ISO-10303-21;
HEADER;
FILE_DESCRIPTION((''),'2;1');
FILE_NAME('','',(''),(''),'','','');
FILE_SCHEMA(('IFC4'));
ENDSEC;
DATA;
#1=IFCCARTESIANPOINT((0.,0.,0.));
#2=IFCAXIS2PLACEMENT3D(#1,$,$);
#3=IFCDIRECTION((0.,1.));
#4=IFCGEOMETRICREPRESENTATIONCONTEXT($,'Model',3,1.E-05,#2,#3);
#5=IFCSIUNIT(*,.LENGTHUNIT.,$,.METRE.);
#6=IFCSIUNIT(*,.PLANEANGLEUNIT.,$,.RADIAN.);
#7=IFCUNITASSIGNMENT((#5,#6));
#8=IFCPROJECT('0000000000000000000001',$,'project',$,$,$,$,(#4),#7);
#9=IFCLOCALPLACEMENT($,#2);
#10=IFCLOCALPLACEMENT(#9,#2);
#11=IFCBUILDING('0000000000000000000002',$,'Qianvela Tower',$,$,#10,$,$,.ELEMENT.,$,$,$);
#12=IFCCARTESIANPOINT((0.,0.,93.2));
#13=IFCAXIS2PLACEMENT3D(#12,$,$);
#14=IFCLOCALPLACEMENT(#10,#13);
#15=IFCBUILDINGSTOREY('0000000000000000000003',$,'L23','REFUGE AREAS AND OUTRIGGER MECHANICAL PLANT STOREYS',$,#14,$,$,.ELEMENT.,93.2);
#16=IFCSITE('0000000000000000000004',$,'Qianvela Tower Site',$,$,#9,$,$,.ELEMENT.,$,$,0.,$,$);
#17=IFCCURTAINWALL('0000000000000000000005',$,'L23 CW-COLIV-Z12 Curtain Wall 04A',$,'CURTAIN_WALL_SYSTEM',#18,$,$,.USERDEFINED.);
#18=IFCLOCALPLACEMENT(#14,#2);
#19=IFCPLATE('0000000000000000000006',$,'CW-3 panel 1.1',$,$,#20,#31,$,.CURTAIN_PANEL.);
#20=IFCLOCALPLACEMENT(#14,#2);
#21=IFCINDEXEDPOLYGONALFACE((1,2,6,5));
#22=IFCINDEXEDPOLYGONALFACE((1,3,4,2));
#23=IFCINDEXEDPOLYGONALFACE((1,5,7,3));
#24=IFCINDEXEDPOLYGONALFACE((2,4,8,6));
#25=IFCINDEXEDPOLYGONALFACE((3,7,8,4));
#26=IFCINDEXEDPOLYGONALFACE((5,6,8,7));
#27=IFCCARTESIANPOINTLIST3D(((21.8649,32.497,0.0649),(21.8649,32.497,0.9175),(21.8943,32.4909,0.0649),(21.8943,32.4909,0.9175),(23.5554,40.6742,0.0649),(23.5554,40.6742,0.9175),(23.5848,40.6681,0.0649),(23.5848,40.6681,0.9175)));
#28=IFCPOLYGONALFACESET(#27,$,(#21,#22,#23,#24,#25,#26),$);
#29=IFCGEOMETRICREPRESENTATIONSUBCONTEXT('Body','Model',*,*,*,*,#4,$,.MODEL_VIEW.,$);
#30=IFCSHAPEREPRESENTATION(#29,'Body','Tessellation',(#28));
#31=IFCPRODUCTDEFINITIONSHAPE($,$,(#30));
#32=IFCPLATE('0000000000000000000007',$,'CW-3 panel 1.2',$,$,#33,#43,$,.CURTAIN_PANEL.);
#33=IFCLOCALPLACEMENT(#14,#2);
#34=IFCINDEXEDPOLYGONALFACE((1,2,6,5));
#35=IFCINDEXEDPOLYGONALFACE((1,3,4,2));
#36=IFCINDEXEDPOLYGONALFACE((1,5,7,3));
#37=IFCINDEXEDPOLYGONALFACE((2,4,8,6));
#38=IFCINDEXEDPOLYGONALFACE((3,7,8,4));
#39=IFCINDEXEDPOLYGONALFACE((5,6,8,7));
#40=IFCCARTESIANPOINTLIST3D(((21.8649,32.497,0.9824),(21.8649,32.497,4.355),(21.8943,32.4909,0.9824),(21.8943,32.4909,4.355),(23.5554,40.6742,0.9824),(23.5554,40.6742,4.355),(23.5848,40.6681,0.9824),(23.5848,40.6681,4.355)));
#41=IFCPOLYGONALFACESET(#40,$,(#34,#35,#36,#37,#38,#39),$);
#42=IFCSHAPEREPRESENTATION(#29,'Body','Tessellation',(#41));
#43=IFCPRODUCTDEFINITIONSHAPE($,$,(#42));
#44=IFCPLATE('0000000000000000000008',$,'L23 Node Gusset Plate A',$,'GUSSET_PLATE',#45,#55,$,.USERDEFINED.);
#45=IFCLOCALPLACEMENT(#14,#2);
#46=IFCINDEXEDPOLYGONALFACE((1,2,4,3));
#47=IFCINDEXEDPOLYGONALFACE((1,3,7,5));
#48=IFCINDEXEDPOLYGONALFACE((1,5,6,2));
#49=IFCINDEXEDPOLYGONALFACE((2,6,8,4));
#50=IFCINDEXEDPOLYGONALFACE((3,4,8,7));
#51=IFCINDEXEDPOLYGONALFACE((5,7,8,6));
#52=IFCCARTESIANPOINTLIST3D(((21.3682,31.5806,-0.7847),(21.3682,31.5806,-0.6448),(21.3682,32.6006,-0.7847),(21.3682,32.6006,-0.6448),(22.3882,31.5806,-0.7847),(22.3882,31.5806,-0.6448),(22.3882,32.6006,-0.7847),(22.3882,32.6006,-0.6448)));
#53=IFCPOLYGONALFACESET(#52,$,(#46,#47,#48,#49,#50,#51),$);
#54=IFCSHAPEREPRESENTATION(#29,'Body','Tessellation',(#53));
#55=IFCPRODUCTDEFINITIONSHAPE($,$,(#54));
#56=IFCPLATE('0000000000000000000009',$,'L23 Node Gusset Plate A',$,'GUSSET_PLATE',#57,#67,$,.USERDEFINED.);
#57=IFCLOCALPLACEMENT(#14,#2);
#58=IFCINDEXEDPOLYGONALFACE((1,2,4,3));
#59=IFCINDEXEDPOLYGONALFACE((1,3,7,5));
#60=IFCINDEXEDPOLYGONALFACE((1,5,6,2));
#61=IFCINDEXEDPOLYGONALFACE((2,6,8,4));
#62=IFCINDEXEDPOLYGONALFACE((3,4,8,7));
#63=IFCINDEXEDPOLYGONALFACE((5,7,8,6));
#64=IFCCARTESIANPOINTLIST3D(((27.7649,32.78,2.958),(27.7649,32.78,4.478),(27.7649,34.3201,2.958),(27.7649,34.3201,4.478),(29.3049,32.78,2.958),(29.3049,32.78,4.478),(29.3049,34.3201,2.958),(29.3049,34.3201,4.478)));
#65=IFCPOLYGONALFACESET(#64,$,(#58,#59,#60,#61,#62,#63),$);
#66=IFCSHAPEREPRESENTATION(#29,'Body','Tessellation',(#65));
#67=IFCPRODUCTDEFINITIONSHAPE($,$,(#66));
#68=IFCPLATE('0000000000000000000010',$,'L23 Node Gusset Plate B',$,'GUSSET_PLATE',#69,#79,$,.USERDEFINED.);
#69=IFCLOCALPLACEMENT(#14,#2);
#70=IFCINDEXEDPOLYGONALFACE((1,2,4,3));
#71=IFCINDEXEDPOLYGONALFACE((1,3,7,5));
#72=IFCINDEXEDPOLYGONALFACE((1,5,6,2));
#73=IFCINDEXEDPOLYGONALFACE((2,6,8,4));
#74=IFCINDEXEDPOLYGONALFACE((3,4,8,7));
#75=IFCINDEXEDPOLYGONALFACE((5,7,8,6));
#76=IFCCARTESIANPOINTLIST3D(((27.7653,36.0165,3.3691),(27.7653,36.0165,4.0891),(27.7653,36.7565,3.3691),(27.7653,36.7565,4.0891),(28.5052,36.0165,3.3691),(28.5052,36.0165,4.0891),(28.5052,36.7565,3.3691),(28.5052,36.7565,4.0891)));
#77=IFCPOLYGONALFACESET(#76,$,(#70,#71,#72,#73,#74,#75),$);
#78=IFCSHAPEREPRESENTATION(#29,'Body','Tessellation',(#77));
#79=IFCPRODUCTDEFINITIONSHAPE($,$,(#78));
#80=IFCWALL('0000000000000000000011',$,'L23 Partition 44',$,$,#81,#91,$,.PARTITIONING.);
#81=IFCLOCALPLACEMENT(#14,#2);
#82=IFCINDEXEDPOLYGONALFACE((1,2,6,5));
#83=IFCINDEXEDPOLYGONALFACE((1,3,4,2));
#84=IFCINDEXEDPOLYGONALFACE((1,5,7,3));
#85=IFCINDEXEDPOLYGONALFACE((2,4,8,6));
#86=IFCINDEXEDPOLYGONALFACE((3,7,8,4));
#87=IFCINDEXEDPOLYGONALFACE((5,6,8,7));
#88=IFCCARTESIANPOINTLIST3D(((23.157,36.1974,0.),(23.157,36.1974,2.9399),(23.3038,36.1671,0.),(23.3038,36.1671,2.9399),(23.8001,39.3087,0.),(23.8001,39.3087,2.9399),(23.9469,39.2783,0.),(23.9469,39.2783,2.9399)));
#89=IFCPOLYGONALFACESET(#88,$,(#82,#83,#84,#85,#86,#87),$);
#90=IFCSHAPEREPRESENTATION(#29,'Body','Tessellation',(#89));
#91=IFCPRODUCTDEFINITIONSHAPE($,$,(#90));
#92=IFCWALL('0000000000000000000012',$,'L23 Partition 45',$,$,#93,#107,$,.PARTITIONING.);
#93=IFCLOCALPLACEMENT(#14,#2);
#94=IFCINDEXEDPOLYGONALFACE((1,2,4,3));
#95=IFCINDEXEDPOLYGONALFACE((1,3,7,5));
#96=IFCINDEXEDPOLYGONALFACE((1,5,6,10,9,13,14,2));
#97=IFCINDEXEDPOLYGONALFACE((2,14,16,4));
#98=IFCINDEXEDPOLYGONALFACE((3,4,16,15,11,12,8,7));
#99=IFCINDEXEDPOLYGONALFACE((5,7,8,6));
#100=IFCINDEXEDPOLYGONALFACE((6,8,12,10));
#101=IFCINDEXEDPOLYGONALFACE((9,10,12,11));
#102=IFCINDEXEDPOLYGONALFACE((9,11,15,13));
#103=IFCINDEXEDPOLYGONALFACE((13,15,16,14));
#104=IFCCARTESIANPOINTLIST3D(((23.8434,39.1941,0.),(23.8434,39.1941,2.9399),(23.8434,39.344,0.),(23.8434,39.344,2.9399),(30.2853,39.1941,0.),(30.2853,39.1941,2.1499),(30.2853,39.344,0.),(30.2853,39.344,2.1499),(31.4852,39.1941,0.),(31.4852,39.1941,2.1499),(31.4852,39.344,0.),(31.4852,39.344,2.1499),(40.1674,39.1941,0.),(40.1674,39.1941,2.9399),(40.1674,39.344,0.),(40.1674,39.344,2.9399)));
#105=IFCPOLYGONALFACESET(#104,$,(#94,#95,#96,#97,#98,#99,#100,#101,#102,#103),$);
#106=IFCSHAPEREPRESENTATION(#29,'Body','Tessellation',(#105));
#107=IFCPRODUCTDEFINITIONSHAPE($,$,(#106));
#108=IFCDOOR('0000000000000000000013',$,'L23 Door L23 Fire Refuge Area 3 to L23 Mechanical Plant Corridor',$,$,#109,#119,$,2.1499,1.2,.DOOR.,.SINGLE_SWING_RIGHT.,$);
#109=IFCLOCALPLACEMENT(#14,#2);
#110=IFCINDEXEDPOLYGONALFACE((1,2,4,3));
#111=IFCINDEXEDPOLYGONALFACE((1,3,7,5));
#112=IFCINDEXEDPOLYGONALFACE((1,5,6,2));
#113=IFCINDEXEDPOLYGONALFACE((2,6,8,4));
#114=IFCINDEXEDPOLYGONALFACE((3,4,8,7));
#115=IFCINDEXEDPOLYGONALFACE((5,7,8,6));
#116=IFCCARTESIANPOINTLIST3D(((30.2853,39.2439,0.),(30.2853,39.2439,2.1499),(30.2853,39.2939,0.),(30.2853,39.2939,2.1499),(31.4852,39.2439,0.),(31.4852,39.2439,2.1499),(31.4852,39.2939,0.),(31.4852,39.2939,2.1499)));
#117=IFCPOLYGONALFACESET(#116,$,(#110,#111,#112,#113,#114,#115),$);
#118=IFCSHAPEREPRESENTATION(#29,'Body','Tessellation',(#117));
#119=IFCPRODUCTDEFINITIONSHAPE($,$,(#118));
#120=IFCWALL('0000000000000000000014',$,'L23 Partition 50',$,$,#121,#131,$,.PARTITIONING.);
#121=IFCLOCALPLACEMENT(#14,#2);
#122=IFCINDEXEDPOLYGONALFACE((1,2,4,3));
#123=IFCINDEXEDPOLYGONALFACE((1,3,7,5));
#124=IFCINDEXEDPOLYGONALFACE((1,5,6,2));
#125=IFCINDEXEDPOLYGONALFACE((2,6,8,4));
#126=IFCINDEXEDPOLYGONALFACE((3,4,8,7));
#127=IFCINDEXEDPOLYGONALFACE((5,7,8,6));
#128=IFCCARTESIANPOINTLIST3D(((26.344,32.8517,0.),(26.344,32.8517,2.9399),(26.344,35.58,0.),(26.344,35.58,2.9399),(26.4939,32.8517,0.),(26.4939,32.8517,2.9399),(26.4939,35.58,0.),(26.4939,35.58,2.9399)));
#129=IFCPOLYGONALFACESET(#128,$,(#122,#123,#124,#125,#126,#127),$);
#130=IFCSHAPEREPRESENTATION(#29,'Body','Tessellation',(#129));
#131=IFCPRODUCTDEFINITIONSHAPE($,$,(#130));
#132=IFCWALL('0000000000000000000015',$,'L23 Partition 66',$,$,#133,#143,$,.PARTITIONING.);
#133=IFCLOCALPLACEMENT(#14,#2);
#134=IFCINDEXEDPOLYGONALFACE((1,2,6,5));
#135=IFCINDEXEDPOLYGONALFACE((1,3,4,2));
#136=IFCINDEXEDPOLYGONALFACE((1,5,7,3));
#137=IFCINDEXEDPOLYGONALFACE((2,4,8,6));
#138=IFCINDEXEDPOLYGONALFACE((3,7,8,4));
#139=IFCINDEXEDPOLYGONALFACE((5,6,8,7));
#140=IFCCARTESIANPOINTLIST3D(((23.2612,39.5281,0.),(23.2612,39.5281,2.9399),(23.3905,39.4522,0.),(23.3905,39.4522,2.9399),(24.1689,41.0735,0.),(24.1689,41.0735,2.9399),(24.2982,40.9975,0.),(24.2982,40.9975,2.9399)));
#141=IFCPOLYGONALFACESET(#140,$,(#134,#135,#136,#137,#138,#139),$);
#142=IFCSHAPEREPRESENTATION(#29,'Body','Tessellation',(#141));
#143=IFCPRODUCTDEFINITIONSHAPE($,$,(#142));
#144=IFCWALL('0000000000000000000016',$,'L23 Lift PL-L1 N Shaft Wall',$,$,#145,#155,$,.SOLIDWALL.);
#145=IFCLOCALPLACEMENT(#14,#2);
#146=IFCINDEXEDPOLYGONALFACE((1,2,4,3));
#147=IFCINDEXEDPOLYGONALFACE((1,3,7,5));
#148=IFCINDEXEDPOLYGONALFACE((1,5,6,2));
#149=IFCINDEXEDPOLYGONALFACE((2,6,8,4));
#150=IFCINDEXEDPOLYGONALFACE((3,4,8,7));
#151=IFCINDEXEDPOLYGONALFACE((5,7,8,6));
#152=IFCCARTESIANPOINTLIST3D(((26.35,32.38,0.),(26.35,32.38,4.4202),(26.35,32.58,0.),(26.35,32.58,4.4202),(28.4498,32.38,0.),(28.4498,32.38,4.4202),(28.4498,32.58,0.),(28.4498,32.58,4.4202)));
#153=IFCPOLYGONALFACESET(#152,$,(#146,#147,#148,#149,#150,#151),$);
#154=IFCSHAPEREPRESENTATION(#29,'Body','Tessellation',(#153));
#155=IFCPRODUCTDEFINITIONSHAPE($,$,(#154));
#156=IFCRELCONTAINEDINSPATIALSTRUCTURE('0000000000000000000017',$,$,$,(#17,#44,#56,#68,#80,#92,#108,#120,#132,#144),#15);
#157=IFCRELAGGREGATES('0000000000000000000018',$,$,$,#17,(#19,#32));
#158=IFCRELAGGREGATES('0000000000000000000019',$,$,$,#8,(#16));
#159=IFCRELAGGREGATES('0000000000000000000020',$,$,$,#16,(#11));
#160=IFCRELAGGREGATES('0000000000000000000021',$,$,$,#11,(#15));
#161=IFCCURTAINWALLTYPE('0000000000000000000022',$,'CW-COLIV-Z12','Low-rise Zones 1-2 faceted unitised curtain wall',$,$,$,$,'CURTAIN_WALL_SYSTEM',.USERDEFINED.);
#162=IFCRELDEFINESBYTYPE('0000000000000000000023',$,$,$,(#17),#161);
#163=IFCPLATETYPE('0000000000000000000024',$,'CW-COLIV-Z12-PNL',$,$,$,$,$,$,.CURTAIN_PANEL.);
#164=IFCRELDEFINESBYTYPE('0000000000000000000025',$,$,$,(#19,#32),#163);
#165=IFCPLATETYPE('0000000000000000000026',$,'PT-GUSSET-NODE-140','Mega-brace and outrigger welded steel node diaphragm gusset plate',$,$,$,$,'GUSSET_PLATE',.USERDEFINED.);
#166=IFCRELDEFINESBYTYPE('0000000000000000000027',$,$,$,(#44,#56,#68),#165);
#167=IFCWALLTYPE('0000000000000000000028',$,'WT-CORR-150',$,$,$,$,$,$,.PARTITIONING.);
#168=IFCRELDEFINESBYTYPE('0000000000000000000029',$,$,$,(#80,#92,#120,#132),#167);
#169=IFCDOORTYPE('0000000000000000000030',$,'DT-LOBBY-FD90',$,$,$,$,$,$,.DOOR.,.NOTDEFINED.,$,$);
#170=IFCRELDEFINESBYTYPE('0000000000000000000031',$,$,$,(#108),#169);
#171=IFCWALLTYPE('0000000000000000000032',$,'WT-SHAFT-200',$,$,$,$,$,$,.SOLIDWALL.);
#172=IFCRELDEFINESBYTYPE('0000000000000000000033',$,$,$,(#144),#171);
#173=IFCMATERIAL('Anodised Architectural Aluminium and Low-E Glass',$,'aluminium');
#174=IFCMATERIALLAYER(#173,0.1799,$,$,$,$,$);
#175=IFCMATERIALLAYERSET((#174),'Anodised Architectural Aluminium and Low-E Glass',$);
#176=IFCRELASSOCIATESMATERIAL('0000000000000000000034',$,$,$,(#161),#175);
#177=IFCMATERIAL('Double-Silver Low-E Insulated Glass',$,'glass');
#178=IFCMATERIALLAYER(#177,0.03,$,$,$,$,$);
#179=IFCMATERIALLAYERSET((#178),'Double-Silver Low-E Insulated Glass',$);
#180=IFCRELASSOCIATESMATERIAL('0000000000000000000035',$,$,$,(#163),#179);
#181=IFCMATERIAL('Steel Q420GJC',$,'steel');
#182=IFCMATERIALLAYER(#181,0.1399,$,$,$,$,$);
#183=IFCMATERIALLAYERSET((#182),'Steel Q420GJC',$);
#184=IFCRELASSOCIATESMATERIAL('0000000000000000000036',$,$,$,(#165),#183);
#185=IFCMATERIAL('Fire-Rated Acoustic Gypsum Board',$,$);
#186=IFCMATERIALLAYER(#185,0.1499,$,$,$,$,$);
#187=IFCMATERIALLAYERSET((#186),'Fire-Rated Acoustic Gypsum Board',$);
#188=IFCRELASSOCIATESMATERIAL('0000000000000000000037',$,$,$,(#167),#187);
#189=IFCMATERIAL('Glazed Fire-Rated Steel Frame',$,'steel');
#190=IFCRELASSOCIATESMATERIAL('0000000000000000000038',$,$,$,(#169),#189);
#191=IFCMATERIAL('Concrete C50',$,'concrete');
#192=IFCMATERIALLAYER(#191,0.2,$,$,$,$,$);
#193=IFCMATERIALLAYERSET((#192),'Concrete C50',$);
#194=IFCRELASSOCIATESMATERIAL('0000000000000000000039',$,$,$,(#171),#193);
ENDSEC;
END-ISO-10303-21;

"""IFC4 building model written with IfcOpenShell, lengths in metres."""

from ifc_helpers import new_model, si_unit, direction, frame, frame_2d, origin, origin_2d, place, context, subcontext, project, spatial, rectangle, extrude, material, layer, layer_set, type_object, element, fill, aggregate, save


model = new_model("IFC4")

# Units and contexts
model_context = context("Model", 3, precision=1e-05, world=origin(), true_north=direction((0.0, 1.0)))
body_context = subcontext(model_context, "Body", "Model", "MODEL_VIEW")
ifc_project = project(units=[si_unit("LENGTHUNIT", "METRE"), si_unit("PLANEANGLEUNIT", "RADIAN")], contexts=[model_context])

# Site, building, storey
site_placement = place(None, origin())
site = spatial("IfcSite", under=ifc_project, at=site_placement, Name="Qianvela Tower Site", CompositionType="ELEMENT", RefElevation=0.0)
building_placement = place(site_placement, origin())
building = spatial("IfcBuilding", under=site, at=building_placement, Name="Qianvela Tower", CompositionType="ELEMENT")
storey_placement = place(building_placement, frame((0.0, 0.0, 93.2)))
storey = spatial("IfcBuildingStorey", under=building, at=storey_placement, Name="L23", Description="REFUGE AREAS AND OUTRIGGER MECHANICAL PLANT STOREYS", CompositionType="ELEMENT", Elevation=93.2)

# Curtain wall
ifc_material_1 = material(Name="Anodised Architectural Aluminium and Low-E Glass", Category="aluminium")
ifc_layer_1 = layer(ifc_material_1, 0.1799)
ifc_layer_set_1 = layer_set([ifc_layer_1], Name="Anodised Architectural Aluminium and Low-E Glass")
curtain_wall_type_1 = type_object("IfcCurtainWallType", Name="CW-COLIV-Z12", Description="Low-rise Zones 1-2 faceted unitised curtain wall", ElementType="CURTAIN_WALL_SYSTEM", PredefinedType="USERDEFINED", material=ifc_layer_set_1)
curtain_wall_1_placement = place(storey_placement, origin())
curtain_wall_1 = element("IfcCurtainWall", 1, at=curtain_wall_1_placement, inside=storey, type_object=curtain_wall_type_1, Name="L23 CW-COLIV-Z12 Curtain Wall 04A", ObjectType="CURTAIN_WALL_SYSTEM", PredefinedType="USERDEFINED")

# Plates
ifc_material_2 = material(Name="Double-Silver Low-E Insulated Glass", Category="glass")
ifc_layer_2 = layer(ifc_material_2, 0.03)
ifc_layer_set_2 = layer_set([ifc_layer_2], Name="Double-Silver Low-E Insulated Glass")
plate_type_1 = type_object("IfcPlateType", Name="CW-COLIV-Z12-PNL", PredefinedType="CURTAIN_PANEL", material=ifc_layer_set_2)
plate_1_placement = place(storey_placement, frame((22.7249, 36.5825, 0.0649), z_axis=(0.0, 0.0, 1.0), x_axis=(-0.20245, -0.979293, 0.0)))
plate_1 = element("IfcPlate", 2, at=plate_1_placement, type_object=plate_type_1, Name="CW-3 panel 1.1", PredefinedType="CURTAIN_PANEL", context=body_context, shape_type="SweptSolid", body=[
    extrude(rectangle(XDim=8.3501, YDim=0.03, at=origin_2d()), origin(), (0.0, 0.0, 1.0), 0.8525),
])
plate_2_placement = place(storey_placement, frame((22.7249, 36.5825, 0.9824), z_axis=(0.0, 0.0, 1.0), x_axis=(-0.20245, -0.979293, 0.0)))
plate_2 = element("IfcPlate", 3, at=plate_2_placement, type_object=plate_type_1, Name="CW-3 panel 1.2", PredefinedType="CURTAIN_PANEL", context=body_context, shape_type="SweptSolid", body=[
    extrude(rectangle(XDim=8.3501, YDim=0.03, at=origin_2d()), origin(), (0.0, 0.0, 1.0), 3.3726),
])
aggregate(curtain_wall_1, [plate_1, plate_2])

# Plates
ifc_material_3 = material(Name="Steel Q420GJC", Category="steel")
ifc_layer_3 = layer(ifc_material_3, 0.1399)
ifc_layer_set_3 = layer_set([ifc_layer_3], Name="Steel Q420GJC")
plate_type_2 = type_object("IfcPlateType", Name="PT-GUSSET-NODE-140", Description="Mega-brace and outrigger welded steel node diaphragm gusset plate", ElementType="GUSSET_PLATE", PredefinedType="USERDEFINED", material=ifc_layer_set_3)
plate_3_placement = place(storey_placement, frame((21.8782, 32.0906, -0.7847), z_axis=(0.0, 0.0, 1.0), x_axis=(1.0, 0.0, 0.0)))
element("IfcPlate", 4, at=plate_3_placement, inside=storey, type_object=plate_type_2, Name="L23 Node Gusset Plate A", ObjectType="GUSSET_PLATE", PredefinedType="USERDEFINED", context=body_context, shape_type="SweptSolid", body=[
    extrude(rectangle(XDim=1.02, YDim=1.02, at=origin_2d()), origin(), (0.0, 0.0, 1.0), 0.1399),
])
plate_4_placement = place(storey_placement, frame((28.5349, 33.55, 2.958), z_axis=(0.0, 0.0, 1.0), x_axis=(1.0, 0.0, 0.0)))
element("IfcPlate", 5, at=plate_4_placement, inside=storey, type_object=plate_type_2, Name="L23 Node Gusset Plate A", ObjectType="GUSSET_PLATE", PredefinedType="USERDEFINED", context=body_context, shape_type="SweptSolid", body=[
    extrude(rectangle(XDim=1.54, YDim=1.54, at=origin_2d()), origin(), (0.0, 0.0, 1.0), 1.52),
])
plate_5_placement = place(storey_placement, frame((28.1353, 36.3865, 3.3691), z_axis=(0.0, 0.0, 1.0), x_axis=(1.0, 0.0, 0.0)))
element("IfcPlate", 6, at=plate_5_placement, inside=storey, type_object=plate_type_2, Name="L23 Node Gusset Plate B", ObjectType="GUSSET_PLATE", PredefinedType="USERDEFINED", context=body_context, shape_type="SweptSolid", body=[
    extrude(rectangle(XDim=0.74, YDim=0.74, at=origin_2d()), origin(), (0.0, 0.0, 1.0), 0.72),
])

# Wall
ifc_material_4 = material(Name="Fire-Rated Acoustic Gypsum Board")
ifc_layer_4 = layer(ifc_material_4, 0.1499)
ifc_layer_set_4 = layer_set([ifc_layer_4], Name="Fire-Rated Acoustic Gypsum Board")
wall_type_1 = type_object("IfcWallType", Name="WT-CORR-150", PredefinedType="PARTITIONING", material=ifc_layer_set_4)
wall_1_placement = place(storey_placement, frame((23.2305, 36.1824, 0.0), z_axis=(0.0, 0.0, 1.0), x_axis=(0.202407, 0.979301, 0.0)))
element("IfcWall", 7, at=wall_1_placement, inside=storey, type_object=wall_type_1, Name="L23 Partition 44", PredefinedType="PARTITIONING", context=body_context, shape_type="SweptSolid", body=[
    extrude(rectangle(XDim=3.177, YDim=0.1499, at=frame_2d((1.5884, 0.0))), origin(), (0.0, 0.0, 1.0), 2.9399),
])

# Wall, opening, door
wall_2_placement = place(storey_placement, frame((23.8433, 39.269, 0.0), z_axis=(0.0, 0.0, 1.0), x_axis=(1.0, 0.0, 0.0)))
wall_2 = element("IfcWall", 8, at=wall_2_placement, inside=storey, type_object=wall_type_1, Name="L23 Partition 45", PredefinedType="PARTITIONING", context=body_context, shape_type="SweptSolid", body=[
    extrude(rectangle(XDim=16.324, YDim=0.1499, at=frame_2d((8.1621, 0.0))), origin(), (0.0, 0.0, 1.0), 2.9399),
])
opening_placement = place(wall_2_placement, frame((6.4419, 0.0, 0.0)))
opening = element("IfcOpeningElement", 9, at=opening_placement, cuts=wall_2, PredefinedType="OPENING", context=body_context, shape_type="SweptSolid", body=[
    extrude(rectangle(XDim=1.2, YDim=2.1499, at=frame_2d((0.6001, 1.075))), frame((0.0, 0.085, 0.0), z_axis=(0.0, -1.0, 0.0), x_axis=(1.0, 0.0, 0.0)), (0.0, 0.0, 1.0), 0.1699),
])
ifc_material_5 = material(Name="Glazed Fire-Rated Steel Frame", Category="steel")
door_type = type_object("IfcDoorType", Name="DT-LOBBY-FD90", OperationType="NOTDEFINED", PredefinedType="DOOR", material=ifc_material_5)
door_placement = place(opening_placement, origin())
door = element("IfcDoor", 10, at=door_placement, inside=storey, type_object=door_type, Name="L23 Door L23 Fire Refuge Area 3 to L23 Mechanical Plant Corridor", OperationType="SINGLE_SWING_RIGHT", OverallHeight=2.1499, OverallWidth=1.2, PredefinedType="DOOR", context=body_context, shape_type="SweptSolid", body=[
    extrude(rectangle(XDim=1.2, YDim=2.1499, at=frame_2d((0.6001, 1.075))), frame((0.0, 0.0249, 0.0), z_axis=(0.0, -1.0, 0.0), x_axis=(1.0, 0.0, 0.0)), (0.0, 0.0, 1.0), 0.05),
])
fill(opening, door)

# Walls
wall_3_placement = place(storey_placement, frame((26.4189, 35.5801, 0.0), z_axis=(0.0, 0.0, 1.0), x_axis=(0.0, -1.0, 0.0)))
element("IfcWall", 11, at=wall_3_placement, inside=storey, type_object=wall_type_1, Name="L23 Partition 50", PredefinedType="PARTITIONING", context=body_context, shape_type="SweptSolid", body=[
    extrude(rectangle(XDim=2.7283, YDim=0.1499, at=frame_2d((1.3643, 0.0))), origin(), (0.0, 0.0, 1.0), 2.9399),
])
wall_4_placement = place(storey_placement, frame((23.3259, 39.4902, 0.0), z_axis=(0.0, 0.0, 1.0), x_axis=(0.50646, 0.862263, 0.0)))
element("IfcWall", 12, at=wall_4_placement, inside=storey, type_object=wall_type_1, Name="L23 Partition 66", PredefinedType="PARTITIONING", context=body_context, shape_type="SweptSolid", body=[
    extrude(rectangle(XDim=1.7922, YDim=0.1499, at=frame_2d((0.896, 0.0))), origin(), (0.0, 0.0, 1.0), 2.9399),
])
ifc_material_6 = material(Name="Concrete C50", Category="concrete")
ifc_layer_5 = layer(ifc_material_6, 0.2)
ifc_layer_set_5 = layer_set([ifc_layer_5], Name="Concrete C50")
wall_type_2 = type_object("IfcWallType", Name="WT-SHAFT-200", PredefinedType="SOLIDWALL", material=ifc_layer_set_5)
wall_5_placement = place(storey_placement, frame((26.3501, 32.48, 0.0), z_axis=(0.0, 0.0, 1.0), x_axis=(1.0, 0.0, 0.0)))
element("IfcWall", 13, at=wall_5_placement, inside=storey, type_object=wall_type_2, Name="L23 Lift PL-L1 N Shaft Wall", PredefinedType="SOLIDWALL", context=body_context, shape_type="SweptSolid", body=[
    extrude(rectangle(XDim=2.0999, YDim=0.2, at=frame_2d((1.0498, 0.0))), origin(), (0.0, 0.0, 1.0), 4.4202),
])

save(model, "model.ifc")
